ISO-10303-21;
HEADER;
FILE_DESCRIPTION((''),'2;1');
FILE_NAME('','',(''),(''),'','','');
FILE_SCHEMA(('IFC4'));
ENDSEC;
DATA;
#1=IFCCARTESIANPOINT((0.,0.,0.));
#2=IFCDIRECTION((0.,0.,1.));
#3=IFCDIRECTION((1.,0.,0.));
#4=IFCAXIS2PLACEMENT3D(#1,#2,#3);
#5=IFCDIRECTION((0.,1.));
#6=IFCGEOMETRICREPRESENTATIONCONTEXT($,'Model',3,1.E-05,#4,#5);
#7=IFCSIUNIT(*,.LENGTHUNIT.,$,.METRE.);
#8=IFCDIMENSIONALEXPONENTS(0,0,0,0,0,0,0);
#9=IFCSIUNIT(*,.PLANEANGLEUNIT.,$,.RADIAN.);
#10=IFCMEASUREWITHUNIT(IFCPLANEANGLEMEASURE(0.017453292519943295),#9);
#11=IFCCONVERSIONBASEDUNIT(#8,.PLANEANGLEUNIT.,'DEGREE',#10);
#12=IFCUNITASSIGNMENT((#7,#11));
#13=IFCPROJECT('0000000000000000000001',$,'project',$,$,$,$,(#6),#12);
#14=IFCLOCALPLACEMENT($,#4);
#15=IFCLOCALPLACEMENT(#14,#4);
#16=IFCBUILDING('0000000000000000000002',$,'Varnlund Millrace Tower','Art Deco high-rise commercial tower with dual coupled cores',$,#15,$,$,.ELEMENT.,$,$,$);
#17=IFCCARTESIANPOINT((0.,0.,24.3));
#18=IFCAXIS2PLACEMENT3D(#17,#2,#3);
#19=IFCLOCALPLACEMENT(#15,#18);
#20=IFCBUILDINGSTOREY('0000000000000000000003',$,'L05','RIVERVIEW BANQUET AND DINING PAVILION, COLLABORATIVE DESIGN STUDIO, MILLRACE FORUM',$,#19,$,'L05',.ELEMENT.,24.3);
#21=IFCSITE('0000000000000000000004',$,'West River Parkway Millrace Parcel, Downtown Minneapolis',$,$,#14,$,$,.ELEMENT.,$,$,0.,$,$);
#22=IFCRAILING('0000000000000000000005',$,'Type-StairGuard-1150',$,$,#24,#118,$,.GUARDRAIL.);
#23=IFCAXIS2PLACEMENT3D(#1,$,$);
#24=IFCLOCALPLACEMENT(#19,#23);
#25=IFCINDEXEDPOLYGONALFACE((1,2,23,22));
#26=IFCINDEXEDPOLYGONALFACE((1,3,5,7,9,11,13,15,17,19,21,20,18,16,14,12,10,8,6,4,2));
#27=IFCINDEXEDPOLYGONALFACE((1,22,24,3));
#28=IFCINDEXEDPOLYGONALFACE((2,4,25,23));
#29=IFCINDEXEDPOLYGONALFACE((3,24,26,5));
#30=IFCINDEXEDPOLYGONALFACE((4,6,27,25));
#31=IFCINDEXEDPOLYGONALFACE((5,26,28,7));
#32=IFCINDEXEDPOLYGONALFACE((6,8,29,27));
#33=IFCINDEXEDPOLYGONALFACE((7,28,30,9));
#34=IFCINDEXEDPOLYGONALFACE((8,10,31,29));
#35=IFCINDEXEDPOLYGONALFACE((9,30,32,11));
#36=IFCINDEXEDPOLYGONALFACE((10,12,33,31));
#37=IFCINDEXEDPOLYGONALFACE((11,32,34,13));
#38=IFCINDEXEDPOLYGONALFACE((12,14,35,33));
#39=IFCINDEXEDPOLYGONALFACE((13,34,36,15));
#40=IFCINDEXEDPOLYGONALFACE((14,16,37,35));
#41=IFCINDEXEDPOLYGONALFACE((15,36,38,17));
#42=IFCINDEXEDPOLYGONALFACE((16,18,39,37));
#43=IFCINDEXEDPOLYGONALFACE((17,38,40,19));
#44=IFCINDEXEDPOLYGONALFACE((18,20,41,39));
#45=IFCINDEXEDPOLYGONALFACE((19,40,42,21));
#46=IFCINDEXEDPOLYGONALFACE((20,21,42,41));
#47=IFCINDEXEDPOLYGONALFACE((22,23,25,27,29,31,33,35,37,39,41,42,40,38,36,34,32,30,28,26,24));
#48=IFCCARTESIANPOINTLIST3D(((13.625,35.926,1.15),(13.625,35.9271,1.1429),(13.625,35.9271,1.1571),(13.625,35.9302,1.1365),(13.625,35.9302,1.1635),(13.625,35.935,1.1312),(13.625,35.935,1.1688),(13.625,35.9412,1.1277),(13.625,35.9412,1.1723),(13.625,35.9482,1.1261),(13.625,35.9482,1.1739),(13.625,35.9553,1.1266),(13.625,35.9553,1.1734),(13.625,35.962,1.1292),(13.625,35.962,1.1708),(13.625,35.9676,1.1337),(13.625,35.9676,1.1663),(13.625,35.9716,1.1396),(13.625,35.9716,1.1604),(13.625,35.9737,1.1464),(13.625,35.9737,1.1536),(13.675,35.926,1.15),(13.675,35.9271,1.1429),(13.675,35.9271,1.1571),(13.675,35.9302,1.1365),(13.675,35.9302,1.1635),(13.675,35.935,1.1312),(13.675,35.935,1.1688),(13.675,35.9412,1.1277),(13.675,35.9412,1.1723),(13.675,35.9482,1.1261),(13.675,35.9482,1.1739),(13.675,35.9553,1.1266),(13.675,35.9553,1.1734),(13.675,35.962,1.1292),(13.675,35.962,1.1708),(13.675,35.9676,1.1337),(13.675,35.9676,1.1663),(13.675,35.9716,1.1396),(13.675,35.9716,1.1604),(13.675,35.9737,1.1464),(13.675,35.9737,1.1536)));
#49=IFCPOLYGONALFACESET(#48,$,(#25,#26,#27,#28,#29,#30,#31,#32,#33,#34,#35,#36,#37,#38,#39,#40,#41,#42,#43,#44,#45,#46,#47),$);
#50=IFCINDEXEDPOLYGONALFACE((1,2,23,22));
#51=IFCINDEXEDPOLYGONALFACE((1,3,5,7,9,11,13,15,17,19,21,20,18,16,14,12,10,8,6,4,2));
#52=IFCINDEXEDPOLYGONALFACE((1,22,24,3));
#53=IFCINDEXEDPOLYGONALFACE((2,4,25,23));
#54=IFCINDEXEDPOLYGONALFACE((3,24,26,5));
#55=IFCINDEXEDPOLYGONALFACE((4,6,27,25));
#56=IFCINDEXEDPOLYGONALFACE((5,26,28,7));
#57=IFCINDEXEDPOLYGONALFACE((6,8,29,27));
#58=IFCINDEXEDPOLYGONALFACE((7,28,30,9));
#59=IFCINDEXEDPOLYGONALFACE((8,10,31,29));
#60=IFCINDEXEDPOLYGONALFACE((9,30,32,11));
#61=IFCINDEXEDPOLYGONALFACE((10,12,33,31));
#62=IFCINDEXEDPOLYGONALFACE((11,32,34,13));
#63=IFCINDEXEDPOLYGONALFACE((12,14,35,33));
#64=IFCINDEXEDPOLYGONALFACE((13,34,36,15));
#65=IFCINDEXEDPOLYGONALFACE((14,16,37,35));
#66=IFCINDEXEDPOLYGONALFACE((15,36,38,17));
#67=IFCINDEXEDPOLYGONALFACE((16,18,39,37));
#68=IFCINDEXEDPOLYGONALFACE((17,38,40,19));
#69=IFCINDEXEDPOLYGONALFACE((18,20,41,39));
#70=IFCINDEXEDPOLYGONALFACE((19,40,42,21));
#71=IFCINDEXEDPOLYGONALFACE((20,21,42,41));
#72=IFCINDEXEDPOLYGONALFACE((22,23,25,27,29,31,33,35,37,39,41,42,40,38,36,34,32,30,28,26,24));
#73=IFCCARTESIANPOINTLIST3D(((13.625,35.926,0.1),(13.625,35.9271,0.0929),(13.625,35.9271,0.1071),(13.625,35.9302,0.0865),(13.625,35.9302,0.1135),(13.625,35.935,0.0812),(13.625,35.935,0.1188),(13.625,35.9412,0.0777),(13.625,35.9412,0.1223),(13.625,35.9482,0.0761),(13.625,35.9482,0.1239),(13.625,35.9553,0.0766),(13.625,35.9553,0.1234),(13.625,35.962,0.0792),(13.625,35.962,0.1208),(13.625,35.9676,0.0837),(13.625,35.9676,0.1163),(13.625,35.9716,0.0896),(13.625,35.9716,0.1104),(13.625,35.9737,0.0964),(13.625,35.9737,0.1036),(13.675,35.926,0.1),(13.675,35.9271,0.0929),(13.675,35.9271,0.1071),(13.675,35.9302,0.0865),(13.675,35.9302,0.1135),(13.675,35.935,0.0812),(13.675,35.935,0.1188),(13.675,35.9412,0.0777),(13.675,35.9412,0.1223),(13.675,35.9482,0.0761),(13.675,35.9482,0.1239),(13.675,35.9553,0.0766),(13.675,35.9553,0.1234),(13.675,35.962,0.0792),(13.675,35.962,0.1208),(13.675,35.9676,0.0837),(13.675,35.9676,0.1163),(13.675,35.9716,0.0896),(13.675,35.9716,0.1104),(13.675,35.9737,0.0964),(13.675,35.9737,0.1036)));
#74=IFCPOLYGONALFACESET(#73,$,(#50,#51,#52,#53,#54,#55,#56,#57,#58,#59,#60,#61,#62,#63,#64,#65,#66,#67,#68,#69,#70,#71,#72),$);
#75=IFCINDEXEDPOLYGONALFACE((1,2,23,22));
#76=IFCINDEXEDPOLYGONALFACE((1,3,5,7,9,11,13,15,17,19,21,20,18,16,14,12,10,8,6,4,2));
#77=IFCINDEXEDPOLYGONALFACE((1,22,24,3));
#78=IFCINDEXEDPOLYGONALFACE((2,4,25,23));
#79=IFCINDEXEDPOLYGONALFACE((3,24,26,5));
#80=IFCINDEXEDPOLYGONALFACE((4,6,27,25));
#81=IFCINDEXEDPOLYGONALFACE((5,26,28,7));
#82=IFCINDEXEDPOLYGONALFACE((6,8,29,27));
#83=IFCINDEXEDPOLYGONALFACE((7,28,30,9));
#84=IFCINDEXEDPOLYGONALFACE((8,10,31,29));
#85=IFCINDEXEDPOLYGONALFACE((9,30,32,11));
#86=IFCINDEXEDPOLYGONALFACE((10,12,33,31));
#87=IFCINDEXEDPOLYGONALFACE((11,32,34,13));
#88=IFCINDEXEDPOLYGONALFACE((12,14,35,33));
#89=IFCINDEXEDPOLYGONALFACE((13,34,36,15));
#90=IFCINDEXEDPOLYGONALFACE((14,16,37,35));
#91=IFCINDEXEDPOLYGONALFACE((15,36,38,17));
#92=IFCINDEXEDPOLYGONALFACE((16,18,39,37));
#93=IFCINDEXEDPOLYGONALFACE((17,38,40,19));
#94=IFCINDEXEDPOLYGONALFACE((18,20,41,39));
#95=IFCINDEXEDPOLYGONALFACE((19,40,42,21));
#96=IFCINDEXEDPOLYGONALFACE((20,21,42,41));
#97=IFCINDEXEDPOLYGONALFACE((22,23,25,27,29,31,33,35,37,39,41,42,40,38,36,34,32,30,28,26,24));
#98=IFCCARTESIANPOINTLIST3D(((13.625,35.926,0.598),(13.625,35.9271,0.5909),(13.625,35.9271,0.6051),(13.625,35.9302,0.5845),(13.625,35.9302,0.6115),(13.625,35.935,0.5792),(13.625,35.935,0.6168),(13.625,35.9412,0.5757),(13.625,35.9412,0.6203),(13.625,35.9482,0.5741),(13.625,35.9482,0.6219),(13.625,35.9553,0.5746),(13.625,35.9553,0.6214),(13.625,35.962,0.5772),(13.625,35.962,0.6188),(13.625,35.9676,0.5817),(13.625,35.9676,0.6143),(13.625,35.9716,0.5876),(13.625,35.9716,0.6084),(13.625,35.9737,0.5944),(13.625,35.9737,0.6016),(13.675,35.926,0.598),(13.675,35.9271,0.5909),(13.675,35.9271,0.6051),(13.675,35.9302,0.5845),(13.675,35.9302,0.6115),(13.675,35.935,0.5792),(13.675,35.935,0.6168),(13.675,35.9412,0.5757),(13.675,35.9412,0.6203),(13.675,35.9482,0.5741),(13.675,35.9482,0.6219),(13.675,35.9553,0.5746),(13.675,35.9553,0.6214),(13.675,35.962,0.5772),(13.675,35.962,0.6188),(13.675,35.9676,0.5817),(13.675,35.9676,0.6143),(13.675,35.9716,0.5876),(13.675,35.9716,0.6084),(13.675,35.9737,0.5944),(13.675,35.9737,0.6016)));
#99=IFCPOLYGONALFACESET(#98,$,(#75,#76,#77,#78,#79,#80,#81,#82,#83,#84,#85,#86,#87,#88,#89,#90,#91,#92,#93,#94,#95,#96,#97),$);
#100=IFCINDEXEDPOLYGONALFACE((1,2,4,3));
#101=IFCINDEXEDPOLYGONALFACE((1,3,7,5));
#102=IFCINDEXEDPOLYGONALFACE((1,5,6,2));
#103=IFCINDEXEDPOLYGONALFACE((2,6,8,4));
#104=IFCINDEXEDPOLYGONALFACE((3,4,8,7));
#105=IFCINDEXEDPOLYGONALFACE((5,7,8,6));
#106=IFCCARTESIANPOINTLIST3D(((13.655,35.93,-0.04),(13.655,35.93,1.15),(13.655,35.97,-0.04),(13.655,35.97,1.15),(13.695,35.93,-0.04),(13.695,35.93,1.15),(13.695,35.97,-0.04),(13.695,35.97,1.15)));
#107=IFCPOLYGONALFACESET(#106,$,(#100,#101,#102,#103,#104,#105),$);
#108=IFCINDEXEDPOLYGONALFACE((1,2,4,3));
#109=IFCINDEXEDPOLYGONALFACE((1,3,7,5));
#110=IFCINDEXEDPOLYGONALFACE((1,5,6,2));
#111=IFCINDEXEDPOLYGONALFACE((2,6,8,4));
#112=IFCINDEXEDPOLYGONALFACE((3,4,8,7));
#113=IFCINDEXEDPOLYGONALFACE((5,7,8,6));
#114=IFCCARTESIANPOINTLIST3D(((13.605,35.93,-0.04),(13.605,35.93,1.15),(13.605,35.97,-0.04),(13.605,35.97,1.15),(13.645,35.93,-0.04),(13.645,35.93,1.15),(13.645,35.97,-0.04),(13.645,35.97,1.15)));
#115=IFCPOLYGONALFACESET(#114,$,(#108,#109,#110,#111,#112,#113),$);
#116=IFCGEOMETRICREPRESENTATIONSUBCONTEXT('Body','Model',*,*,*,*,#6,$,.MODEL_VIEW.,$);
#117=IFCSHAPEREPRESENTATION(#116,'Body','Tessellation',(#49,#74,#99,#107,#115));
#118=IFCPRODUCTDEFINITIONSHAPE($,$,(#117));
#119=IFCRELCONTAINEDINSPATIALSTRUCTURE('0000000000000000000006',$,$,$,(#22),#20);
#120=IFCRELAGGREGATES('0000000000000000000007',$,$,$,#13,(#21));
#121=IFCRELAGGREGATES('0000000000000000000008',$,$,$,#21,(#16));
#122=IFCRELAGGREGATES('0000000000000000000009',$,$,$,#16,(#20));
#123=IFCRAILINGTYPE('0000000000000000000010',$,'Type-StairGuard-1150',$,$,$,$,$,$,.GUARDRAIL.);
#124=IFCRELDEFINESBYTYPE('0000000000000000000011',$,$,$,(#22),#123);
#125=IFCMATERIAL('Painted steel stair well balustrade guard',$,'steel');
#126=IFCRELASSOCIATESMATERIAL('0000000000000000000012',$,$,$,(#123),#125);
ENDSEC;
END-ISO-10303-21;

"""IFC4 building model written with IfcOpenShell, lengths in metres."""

from ifc_helpers import new_model, entity, si_unit, converted_unit, direction, frame, origin_with_axes, origin_2d_with_axis, place, context, subcontext, project, spatial, rectangle, circle, extrude, material, type_object, element, save


model = new_model("IFC4")

# Units and contexts
model_context = context("Model", 3, precision=1e-05, world=origin_with_axes(), true_north=direction((0.0, 1.0)))
body_context = subcontext(model_context, "Body", "Model", "MODEL_VIEW")
ifc_project = project(units=[si_unit("LENGTHUNIT", "METRE"), converted_unit("PLANEANGLEUNIT", "DEGREE", entity("IfcPlaneAngleMeasure", 0.017453292519943295), si_unit("PLANEANGLEUNIT", "RADIAN"), dimensions=[0, 0, 0, 0, 0, 0, 0])], contexts=[model_context])

# Site, building, storey
site_placement = place(None, origin_with_axes())
site = spatial("IfcSite", under=ifc_project, at=site_placement, Name="West River Parkway Millrace Parcel, Downtown Minneapolis", CompositionType="ELEMENT", RefElevation=0.0)
building_placement = place(site_placement, origin_with_axes())
building = spatial("IfcBuilding", under=site, at=building_placement, Name="Varnlund Millrace Tower", Description="Art Deco high-rise commercial tower with dual coupled cores", CompositionType="ELEMENT")
storey_placement = place(building_placement, frame((0.0, 0.0, 24.3), z_axis=(0.0, 0.0, 1.0), x_axis=(1.0, 0.0, 0.0)))
storey = spatial("IfcBuildingStorey", under=building, at=storey_placement, Name="L05", Description="RIVERVIEW BANQUET AND DINING PAVILION, COLLABORATIVE DESIGN STUDIO, MILLRACE FORUM", LongName="L05", CompositionType="ELEMENT", Elevation=24.3)

# Railing
ifc_material_1 = material(Name="Painted steel stair well balustrade guard", Category="steel")
railing_type_1 = type_object("IfcRailingType", Name="Type-StairGuard-1150", PredefinedType="GUARDRAIL", material=ifc_material_1)
railing_1_placement = place(storey_placement, frame((0.0, 0.0, -24.3), z_axis=(0.0, 0.0, 1.0), x_axis=(1.0, 0.0, 0.0)))
element("IfcRailing", 1, at=railing_1_placement, inside=storey, type_object=railing_type_1, Name="Type-StairGuard-1150", PredefinedType="GUARDRAIL", context=body_context, shape_type="SweptSolid", body=[
    extrude(circle(Radius=0.024, at=origin_2d_with_axis()), frame((13.675, 35.95, 25.45), z_axis=(-1.0, 0.0, 0.0), x_axis=(0.0, -1.0, 0.0)), (0.0, 0.0, 1.0), 0.05),
    extrude(circle(Radius=0.024, at=origin_2d_with_axis()), frame((13.675, 35.95, 24.4), z_axis=(-1.0, 0.0, 0.0), x_axis=(0.0, -1.0, 0.0)), (0.0, 0.0, 1.0), 0.05),
    extrude(circle(Radius=0.024, at=origin_2d_with_axis()), frame((13.675, 35.95, 24.898), z_axis=(-1.0, 0.0, 0.0), x_axis=(0.0, -1.0, 0.0)), (0.0, 0.0, 1.0), 0.05),
    extrude(rectangle(XDim=0.04, YDim=0.04, at=origin_2d_with_axis()), frame((13.675, 35.95, 24.26), z_axis=(0.0, 0.0, 1.0), x_axis=(1.0, 0.0, 0.0)), (0.0, 0.0, 1.0), 1.19),
    extrude(rectangle(XDim=0.04, YDim=0.04, at=origin_2d_with_axis()), frame((13.625, 35.95, 24.26), z_axis=(0.0, 0.0, 1.0), x_axis=(1.0, 0.0, 0.0)), (0.0, 0.0, 1.0), 1.19),
])

save(model, "model.ifc")
